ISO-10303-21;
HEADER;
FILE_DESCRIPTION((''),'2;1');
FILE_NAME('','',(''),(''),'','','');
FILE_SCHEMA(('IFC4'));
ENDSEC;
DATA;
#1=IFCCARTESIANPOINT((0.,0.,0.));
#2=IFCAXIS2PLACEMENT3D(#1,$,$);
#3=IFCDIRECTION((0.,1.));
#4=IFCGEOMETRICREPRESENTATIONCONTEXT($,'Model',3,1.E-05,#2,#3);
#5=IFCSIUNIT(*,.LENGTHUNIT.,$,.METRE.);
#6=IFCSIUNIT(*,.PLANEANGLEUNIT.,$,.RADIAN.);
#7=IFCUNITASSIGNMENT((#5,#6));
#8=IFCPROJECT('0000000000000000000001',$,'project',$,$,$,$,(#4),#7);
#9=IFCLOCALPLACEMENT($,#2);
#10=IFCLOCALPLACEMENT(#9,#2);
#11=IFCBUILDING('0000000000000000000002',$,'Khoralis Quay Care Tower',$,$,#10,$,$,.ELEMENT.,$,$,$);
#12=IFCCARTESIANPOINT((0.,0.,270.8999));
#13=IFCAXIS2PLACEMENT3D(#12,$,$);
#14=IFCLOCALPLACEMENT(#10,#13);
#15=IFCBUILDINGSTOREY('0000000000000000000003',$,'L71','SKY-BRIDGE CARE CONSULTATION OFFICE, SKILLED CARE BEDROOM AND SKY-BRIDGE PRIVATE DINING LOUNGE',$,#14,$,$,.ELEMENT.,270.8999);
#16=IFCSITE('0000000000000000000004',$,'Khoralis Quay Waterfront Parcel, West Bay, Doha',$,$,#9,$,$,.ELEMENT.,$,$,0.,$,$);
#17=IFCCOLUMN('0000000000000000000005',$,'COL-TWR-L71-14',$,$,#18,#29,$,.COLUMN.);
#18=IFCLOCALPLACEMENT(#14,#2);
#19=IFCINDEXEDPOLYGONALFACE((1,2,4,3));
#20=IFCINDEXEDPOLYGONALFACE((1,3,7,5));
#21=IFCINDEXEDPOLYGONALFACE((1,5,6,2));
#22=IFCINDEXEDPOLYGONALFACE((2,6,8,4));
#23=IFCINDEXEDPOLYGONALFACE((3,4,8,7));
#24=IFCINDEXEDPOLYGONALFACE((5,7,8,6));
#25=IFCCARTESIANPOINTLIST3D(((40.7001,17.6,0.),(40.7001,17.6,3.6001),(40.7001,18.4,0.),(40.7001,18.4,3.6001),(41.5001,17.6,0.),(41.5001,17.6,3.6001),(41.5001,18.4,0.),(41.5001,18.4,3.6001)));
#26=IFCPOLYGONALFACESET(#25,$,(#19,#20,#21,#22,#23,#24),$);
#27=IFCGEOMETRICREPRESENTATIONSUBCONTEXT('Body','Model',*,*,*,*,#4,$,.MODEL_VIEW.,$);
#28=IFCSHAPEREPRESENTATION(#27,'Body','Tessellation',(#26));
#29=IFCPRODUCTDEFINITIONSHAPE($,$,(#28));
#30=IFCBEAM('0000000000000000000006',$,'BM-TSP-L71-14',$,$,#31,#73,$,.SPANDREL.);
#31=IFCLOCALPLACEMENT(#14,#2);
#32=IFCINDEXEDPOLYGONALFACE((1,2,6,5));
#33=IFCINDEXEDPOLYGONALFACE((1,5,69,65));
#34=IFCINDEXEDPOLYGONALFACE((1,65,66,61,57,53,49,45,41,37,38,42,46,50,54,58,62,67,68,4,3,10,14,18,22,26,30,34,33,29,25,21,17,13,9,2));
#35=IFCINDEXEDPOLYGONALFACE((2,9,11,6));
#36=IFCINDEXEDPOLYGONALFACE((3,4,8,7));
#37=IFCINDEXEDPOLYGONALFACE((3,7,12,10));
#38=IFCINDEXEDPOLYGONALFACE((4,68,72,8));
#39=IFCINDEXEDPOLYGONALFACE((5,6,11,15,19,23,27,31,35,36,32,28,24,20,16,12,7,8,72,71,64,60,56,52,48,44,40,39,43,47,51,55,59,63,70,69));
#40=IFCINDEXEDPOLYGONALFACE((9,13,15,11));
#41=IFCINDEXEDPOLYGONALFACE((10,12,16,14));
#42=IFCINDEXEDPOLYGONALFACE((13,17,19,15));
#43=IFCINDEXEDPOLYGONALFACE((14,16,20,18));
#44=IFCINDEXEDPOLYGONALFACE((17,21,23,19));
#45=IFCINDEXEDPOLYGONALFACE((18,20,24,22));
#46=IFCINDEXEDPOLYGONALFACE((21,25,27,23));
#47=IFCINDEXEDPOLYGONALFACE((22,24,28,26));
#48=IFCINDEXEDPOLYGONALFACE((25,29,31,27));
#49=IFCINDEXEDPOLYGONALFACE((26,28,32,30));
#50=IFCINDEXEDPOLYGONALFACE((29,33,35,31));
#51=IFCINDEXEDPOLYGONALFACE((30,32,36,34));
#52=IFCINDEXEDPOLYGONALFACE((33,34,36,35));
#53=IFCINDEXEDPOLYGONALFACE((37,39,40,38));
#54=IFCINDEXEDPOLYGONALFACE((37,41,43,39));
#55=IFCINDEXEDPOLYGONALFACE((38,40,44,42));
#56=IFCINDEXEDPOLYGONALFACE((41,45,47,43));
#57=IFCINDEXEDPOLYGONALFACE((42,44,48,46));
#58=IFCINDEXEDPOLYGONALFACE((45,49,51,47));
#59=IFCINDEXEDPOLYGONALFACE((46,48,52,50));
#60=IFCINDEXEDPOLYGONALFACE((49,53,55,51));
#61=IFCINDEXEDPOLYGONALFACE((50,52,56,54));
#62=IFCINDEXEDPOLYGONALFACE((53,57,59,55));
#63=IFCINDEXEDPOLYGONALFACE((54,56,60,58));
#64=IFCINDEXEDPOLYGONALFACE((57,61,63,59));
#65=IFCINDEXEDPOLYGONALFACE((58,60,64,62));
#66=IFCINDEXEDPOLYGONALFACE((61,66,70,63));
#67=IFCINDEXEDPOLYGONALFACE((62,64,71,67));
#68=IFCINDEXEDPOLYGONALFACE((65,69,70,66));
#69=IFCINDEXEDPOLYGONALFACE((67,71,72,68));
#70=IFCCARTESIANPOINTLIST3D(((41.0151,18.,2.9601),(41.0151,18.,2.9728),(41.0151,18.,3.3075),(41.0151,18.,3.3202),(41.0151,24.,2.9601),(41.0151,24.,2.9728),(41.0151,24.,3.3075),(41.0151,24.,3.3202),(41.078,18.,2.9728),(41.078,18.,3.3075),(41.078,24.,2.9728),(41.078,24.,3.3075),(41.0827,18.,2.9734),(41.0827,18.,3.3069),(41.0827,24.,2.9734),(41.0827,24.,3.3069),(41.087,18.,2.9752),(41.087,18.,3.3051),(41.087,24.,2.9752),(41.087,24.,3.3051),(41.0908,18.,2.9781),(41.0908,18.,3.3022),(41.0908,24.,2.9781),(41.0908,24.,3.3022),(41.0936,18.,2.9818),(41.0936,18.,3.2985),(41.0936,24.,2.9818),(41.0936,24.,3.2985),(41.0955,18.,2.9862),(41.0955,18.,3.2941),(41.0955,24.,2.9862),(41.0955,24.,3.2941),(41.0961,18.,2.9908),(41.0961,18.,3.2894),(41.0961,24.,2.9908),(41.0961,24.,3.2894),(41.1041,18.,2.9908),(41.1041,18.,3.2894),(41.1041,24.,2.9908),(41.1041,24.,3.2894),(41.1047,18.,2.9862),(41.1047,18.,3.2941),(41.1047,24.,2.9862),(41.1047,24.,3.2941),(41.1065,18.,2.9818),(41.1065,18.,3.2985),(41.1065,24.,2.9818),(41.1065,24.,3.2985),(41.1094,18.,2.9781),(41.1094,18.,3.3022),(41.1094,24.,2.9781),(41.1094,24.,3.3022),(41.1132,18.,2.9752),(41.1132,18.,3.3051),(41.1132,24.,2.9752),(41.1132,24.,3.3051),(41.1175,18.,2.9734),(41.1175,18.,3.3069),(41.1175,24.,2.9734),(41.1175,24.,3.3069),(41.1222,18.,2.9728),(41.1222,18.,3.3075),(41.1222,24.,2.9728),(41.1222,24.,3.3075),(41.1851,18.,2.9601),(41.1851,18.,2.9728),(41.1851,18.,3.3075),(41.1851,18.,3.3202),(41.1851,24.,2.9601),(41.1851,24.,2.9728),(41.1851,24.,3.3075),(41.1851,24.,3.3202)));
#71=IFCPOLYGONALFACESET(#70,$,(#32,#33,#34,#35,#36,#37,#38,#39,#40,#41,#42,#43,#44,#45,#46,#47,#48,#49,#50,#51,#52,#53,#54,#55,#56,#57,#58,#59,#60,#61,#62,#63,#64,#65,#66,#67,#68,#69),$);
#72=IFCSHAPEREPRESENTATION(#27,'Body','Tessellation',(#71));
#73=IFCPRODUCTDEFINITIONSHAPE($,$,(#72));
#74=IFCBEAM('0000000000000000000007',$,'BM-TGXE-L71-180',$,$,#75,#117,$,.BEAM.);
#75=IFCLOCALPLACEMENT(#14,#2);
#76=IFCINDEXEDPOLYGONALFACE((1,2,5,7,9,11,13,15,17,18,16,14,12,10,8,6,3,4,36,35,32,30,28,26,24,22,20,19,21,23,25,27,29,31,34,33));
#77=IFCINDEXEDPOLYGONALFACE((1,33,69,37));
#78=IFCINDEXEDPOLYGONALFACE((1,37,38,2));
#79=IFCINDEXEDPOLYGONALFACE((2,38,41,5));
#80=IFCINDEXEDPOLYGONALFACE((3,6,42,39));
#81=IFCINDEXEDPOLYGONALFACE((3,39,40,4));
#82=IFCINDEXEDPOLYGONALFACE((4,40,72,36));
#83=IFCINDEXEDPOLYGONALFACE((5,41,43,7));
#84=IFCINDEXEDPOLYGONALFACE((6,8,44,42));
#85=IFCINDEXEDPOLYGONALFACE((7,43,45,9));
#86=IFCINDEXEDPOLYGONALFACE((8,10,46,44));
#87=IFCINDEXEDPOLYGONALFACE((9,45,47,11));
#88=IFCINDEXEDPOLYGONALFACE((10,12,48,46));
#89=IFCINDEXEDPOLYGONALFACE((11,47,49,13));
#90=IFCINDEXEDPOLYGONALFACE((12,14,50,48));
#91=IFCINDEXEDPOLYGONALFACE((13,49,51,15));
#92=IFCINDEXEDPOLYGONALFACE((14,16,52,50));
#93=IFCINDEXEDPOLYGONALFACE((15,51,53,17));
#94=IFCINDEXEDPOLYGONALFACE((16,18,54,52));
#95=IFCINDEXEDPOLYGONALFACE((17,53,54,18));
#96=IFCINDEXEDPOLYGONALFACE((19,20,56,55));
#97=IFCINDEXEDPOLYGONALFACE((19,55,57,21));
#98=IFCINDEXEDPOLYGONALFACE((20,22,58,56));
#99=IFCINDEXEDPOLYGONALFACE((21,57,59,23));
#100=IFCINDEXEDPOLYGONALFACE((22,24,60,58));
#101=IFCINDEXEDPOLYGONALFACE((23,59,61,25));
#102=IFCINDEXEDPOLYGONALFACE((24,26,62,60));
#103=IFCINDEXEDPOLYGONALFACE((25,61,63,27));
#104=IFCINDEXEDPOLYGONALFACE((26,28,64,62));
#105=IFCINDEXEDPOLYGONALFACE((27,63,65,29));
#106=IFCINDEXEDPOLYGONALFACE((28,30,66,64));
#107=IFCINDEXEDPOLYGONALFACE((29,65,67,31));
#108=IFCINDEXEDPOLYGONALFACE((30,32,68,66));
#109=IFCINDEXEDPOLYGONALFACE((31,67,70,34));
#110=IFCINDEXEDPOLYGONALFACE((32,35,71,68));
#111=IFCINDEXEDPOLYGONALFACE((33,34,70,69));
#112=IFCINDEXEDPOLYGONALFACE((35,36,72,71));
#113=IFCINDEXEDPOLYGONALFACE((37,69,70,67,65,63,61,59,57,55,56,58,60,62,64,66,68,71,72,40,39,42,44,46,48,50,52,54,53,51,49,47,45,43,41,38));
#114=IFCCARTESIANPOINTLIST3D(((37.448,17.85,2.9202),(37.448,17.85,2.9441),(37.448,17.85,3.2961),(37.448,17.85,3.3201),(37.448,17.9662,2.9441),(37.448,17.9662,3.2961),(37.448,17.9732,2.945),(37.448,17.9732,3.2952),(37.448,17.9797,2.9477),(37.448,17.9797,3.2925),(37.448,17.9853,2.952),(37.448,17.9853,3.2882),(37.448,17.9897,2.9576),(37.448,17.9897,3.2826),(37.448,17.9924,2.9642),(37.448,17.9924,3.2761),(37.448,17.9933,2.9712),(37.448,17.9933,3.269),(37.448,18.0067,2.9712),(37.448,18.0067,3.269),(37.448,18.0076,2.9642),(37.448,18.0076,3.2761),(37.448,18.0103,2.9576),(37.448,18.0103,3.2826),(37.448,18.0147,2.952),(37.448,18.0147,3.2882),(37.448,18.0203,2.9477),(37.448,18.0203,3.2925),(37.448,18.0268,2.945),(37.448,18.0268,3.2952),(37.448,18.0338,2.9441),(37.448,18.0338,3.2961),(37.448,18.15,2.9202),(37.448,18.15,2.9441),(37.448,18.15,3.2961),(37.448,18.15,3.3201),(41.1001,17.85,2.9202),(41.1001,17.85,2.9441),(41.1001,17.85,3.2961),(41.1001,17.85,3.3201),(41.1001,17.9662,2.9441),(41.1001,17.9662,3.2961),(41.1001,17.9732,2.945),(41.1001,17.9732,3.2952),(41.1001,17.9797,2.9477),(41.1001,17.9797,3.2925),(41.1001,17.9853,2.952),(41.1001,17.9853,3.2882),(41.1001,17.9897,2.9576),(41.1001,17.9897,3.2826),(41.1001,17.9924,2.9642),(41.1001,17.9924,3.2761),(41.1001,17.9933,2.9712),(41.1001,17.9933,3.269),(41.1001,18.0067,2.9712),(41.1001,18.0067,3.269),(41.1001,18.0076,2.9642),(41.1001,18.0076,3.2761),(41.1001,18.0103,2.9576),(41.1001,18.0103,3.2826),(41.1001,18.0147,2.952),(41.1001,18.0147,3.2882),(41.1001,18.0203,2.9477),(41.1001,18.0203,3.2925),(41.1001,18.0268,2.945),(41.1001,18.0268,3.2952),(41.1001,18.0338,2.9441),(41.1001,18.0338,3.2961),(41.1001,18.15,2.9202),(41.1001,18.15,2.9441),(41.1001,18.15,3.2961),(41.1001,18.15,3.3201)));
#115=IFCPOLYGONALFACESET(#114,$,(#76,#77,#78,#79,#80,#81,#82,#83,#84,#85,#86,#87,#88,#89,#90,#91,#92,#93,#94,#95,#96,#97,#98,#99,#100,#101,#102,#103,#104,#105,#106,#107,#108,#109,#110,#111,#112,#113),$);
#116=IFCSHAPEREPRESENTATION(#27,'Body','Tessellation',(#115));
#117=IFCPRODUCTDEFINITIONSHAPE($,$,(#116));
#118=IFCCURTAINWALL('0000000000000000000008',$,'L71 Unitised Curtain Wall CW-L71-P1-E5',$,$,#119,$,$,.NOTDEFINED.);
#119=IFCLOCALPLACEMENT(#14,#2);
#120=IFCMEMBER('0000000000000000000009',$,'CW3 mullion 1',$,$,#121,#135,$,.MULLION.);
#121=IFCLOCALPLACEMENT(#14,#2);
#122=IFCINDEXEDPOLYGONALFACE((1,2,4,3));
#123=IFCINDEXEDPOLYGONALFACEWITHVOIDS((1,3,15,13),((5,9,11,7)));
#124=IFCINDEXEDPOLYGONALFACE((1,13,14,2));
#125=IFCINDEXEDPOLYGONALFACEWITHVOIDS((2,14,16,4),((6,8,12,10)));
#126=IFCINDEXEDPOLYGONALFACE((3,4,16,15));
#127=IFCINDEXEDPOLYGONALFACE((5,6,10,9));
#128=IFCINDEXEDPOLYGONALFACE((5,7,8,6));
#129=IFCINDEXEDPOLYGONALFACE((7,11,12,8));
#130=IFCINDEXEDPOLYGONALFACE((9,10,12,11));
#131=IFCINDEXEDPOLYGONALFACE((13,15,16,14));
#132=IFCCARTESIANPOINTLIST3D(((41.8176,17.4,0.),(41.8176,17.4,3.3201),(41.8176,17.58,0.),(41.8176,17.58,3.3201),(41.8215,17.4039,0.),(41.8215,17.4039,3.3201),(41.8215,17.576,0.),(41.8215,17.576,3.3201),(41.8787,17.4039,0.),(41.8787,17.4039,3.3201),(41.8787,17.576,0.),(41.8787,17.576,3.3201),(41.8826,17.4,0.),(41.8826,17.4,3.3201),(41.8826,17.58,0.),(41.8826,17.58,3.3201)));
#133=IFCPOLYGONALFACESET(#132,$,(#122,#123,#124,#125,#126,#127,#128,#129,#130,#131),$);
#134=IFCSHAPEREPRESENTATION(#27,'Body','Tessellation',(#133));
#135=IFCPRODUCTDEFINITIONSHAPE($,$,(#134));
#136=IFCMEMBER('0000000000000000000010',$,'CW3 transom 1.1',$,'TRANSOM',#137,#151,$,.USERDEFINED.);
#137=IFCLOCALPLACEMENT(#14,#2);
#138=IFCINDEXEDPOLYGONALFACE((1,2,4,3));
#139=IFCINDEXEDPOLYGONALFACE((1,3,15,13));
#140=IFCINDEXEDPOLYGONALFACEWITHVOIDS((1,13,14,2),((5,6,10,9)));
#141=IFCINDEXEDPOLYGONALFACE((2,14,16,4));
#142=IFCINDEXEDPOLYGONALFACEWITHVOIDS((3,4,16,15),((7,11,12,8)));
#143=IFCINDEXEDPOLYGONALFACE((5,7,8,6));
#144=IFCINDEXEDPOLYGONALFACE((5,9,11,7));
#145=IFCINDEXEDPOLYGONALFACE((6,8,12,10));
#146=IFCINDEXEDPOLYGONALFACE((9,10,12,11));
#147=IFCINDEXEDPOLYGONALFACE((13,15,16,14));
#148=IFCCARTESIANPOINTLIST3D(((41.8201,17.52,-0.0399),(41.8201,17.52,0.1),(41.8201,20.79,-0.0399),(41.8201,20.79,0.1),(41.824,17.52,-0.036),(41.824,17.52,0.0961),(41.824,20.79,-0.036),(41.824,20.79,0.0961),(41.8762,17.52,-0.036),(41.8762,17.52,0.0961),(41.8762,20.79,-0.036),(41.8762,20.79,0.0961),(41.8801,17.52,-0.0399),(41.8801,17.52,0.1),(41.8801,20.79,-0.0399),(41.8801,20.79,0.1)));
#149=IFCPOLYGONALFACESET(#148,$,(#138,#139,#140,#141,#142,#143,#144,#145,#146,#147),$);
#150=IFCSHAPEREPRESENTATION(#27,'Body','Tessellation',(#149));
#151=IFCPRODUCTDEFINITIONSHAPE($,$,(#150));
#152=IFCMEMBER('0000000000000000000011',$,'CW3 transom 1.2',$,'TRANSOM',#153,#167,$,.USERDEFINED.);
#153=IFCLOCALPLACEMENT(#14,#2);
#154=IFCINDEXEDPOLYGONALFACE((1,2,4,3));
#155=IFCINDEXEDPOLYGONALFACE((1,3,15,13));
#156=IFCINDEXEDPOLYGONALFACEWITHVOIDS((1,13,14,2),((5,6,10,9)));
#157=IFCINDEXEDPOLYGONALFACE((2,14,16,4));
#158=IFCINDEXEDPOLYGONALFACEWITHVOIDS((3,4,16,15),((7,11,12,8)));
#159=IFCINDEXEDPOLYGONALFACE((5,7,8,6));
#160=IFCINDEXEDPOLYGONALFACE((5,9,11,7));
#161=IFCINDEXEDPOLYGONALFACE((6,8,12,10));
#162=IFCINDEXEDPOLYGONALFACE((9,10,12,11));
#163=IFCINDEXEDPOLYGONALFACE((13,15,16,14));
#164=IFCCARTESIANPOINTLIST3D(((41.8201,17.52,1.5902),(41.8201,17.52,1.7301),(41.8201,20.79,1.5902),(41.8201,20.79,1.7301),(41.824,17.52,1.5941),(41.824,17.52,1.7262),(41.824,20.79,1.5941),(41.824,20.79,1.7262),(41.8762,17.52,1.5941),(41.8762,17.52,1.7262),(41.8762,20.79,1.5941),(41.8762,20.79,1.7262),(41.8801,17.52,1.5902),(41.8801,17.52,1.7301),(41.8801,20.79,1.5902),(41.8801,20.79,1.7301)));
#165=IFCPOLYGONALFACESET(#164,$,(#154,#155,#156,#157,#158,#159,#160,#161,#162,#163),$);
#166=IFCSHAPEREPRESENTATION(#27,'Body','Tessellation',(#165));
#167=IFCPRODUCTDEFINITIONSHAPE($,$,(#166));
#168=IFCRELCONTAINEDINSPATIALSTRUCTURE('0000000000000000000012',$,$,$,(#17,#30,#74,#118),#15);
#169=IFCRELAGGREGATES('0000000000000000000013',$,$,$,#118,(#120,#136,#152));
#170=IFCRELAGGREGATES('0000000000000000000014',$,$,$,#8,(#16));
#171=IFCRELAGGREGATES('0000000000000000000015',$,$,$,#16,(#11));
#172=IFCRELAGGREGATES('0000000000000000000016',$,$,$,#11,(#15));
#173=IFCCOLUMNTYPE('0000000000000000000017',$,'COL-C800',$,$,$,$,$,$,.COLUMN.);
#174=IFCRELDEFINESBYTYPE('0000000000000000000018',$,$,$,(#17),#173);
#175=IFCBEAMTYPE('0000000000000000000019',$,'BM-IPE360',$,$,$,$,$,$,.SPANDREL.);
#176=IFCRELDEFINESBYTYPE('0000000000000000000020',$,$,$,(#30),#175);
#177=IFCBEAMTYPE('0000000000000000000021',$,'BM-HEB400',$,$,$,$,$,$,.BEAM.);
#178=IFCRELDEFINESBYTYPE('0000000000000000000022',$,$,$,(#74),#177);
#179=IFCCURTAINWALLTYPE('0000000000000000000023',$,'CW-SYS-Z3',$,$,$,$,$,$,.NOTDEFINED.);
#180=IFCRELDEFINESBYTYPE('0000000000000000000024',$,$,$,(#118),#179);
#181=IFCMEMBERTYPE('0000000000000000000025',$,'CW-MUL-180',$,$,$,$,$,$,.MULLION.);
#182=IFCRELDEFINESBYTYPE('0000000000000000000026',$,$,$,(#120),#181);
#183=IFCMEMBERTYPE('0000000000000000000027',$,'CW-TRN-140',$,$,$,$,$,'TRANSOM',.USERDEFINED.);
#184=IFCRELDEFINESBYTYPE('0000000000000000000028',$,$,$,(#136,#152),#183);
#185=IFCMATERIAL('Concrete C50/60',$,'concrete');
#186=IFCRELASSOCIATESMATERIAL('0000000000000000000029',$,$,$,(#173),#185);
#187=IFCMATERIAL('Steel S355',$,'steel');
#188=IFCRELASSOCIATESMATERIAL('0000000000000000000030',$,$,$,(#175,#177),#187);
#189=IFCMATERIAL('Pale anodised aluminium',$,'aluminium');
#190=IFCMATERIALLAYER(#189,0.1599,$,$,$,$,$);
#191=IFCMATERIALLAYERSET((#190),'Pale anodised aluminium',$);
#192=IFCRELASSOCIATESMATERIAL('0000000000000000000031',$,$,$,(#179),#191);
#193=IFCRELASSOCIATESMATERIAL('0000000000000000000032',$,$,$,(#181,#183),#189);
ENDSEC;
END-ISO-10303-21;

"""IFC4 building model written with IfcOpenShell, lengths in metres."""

from ifc_helpers import new_model, si_unit, direction, frame, origin, origin_2d, place, context, subcontext, project, spatial, rectangle, hollow_rectangle, i_section, extrude, source, transform, mapped, material, layer, layer_set, material_profile, profile_set, type_object, element, aggregate, save


model = new_model("IFC4")

# Units and contexts
model_context = context("Model", 3, precision=1e-05, world=origin(), true_north=direction((0.0, 1.0)))
body_context = subcontext(model_context, "Body", "Model", "MODEL_VIEW")
ifc_project = project(units=[si_unit("LENGTHUNIT", "METRE"), si_unit("PLANEANGLEUNIT", "RADIAN")], contexts=[model_context])

# Site, building, storey
site_placement = place(None, origin())
site = spatial("IfcSite", under=ifc_project, at=site_placement, Name="Khoralis Quay Waterfront Parcel, West Bay, Doha", CompositionType="ELEMENT", RefElevation=0.0)
building_placement = place(site_placement, origin())
building = spatial("IfcBuilding", under=site, at=building_placement, Name="Khoralis Quay Care Tower", CompositionType="ELEMENT")
storey_placement = place(building_placement, frame((0.0, 0.0, 270.8999)))
storey = spatial("IfcBuildingStorey", under=building, at=storey_placement, Name="L71", Description="SKY-BRIDGE CARE CONSULTATION OFFICE, SKILLED CARE BEDROOM AND SKY-BRIDGE PRIVATE DINING LOUNGE", CompositionType="ELEMENT", Elevation=270.8999)

# Column
ifc_material_1 = material(Name="Concrete C50/60", Category="concrete")
ifc_material_profile_1 = material_profile(ifc_material_1, rectangle(XDim=0.8, YDim=0.8, at=origin_2d()), Name="Concrete C50/60")
ifc_profile_set_1 = profile_set([ifc_material_profile_1], Name="Concrete C50/60")
column_type = type_object("IfcColumnType", Name="COL-C800", PredefinedType="COLUMN", material=ifc_profile_set_1)
shared_shape_1 = source(origin(), body_context, "Body", "SweptSolid", [
    extrude(rectangle(XDim=0.8, YDim=0.8, at=origin_2d()), origin(), (0.0, 0.0, 1.0), 3.6001),
])
column_placement = place(storey_placement, frame((41.1001, 18.0, 0.0), z_axis=(0.0, 0.0, 1.0), x_axis=(1.0, 0.0, 0.0)))
element("IfcColumn", 1, at=column_placement, inside=storey, type_object=column_type, Name="COL-TWR-L71-14", PredefinedType="COLUMN", context=body_context, shape_type="MappedRepresentation", body=[
    mapped(shared_shape_1, transform((0.0, 0.0, 0.0), scale=1.0)),
])

# Beams
ifc_material_2 = material(Name="Steel S355", Category="steel")
ifc_material_profile_2 = material_profile(ifc_material_2, i_section(OverallWidth=0.1699, OverallDepth=0.3601, WebThickness=0.0081, FlangeThickness=0.0127, FilletRadius=0.0181, at=origin_2d()), Name="Steel S355")
ifc_profile_set_2 = profile_set([ifc_material_profile_2], Name="Steel S355")
beam_type_1 = type_object("IfcBeamType", Name="BM-IPE360", PredefinedType="SPANDREL", material=ifc_profile_set_2)
shared_shape_2 = source(origin(), body_context, "Body", "SweptSolid", [
    extrude(i_section(OverallWidth=0.1699, OverallDepth=0.3601, WebThickness=0.0081, FlangeThickness=0.0127, FilletRadius=0.0181, at=origin_2d()), origin(), (0.0, 0.0, 1.0), 6.0),
])
beam_1_placement = place(storey_placement, frame((41.1001, 18.0, 3.1401), z_axis=(0.0, 1.0, 0.0), x_axis=(-1.0, 0.0, 0.0)))
element("IfcBeam", 2, at=beam_1_placement, inside=storey, type_object=beam_type_1, Name="BM-TSP-L71-14", PredefinedType="SPANDREL", context=body_context, shape_type="MappedRepresentation", body=[
    mapped(shared_shape_2, transform((0.0, 0.0, 0.0), scale=1.0)),
])
ifc_material_profile_3 = material_profile(ifc_material_2, i_section(OverallWidth=0.3, OverallDepth=0.3999, WebThickness=0.0134, FlangeThickness=0.0239, FilletRadius=0.0271, at=origin_2d()), Name="Steel S355")
ifc_profile_set_3 = profile_set([ifc_material_profile_3], Name="Steel S355")
beam_type_2 = type_object("IfcBeamType", Name="BM-HEB400", PredefinedType="BEAM", material=ifc_profile_set_3)
shared_shape_3 = source(origin(), body_context, "Body", "SweptSolid", [
    extrude(i_section(OverallWidth=0.3, OverallDepth=0.3999, WebThickness=0.0134, FlangeThickness=0.0239, FilletRadius=0.0271, at=origin_2d()), origin(), (0.0, 0.0, 1.0), 3.6521),
])
beam_2_placement = place(storey_placement, frame((37.448, 18.0, 3.1201), z_axis=(1.0, 0.0, 0.0), x_axis=(0.0, 1.0, 0.0)))
element("IfcBeam", 3, at=beam_2_placement, inside=storey, type_object=beam_type_2, Name="BM-TGXE-L71-180", PredefinedType="BEAM", context=body_context, shape_type="MappedRepresentation", body=[
    mapped(shared_shape_3, transform((0.0, 0.0, 0.0), scale=1.0)),
])

# Curtain wall, members
ifc_material_3 = material(Name="Pale anodised aluminium", Category="aluminium")
ifc_layer_1 = layer(ifc_material_3, 0.1599)
ifc_layer_set_1 = layer_set([ifc_layer_1], Name="Pale anodised aluminium")
curtain_wall_type = type_object("IfcCurtainWallType", Name="CW-SYS-Z3", PredefinedType="NOTDEFINED", material=ifc_layer_set_1)
curtain_wall_placement = place(storey_placement, origin())
curtain_wall = element("IfcCurtainWall", 4, at=curtain_wall_placement, inside=storey, type_object=curtain_wall_type, Name="L71 Unitised Curtain Wall CW-L71-P1-E5", PredefinedType="NOTDEFINED")
ifc_material_profile_4 = material_profile(ifc_material_3, hollow_rectangle(XDim=0.0649, YDim=0.1799, WallThickness=0.0039, at=origin_2d()), Name="Pale anodised aluminium")
ifc_profile_set_4 = profile_set([ifc_material_profile_4], Name="Pale anodised aluminium")
member_type_1 = type_object("IfcMemberType", Name="CW-MUL-180", PredefinedType="MULLION", material=ifc_profile_set_4)
shared_shape_4 = source(origin(), body_context, "Body", "SweptSolid", [
    extrude(hollow_rectangle(XDim=0.0649, YDim=0.1799, WallThickness=0.0039, at=origin_2d()), origin(), (0.0, 0.0, 1.0), 3.3201),
])
member_1_placement = place(storey_placement, frame((41.8501, 17.49, 0.0), z_axis=(0.0, 0.0, 1.0), x_axis=(-1.0, 0.0, 0.0)))
member_1 = element("IfcMember", 5, at=member_1_placement, type_object=member_type_1, Name="CW3 mullion 1", PredefinedType="MULLION", context=body_context, shape_type="MappedRepresentation", body=[
    mapped(shared_shape_4, transform((0.0, 0.0, 0.0), scale=1.0)),
])
ifc_material_profile_5 = material_profile(ifc_material_3, hollow_rectangle(XDim=0.0601, YDim=0.1399, WallThickness=0.0039, at=origin_2d()), Name="Pale anodised aluminium")
ifc_profile_set_5 = profile_set([ifc_material_profile_5], Name="Pale anodised aluminium")
member_type_2 = type_object("IfcMemberType", Name="CW-TRN-140", ElementType="TRANSOM", PredefinedType="USERDEFINED", material=ifc_profile_set_5)
shared_shape_5 = source(origin(), body_context, "Body", "SweptSolid", [
    extrude(hollow_rectangle(XDim=0.0601, YDim=0.1399, WallThickness=0.0039, at=origin_2d()), origin(), (0.0, 0.0, 1.0), 3.27),
])
member_2_placement = place(storey_placement, frame((41.8501, 17.52, 0.03), z_axis=(0.0, 1.0, 0.0), x_axis=(-1.0, 0.0, 0.0)))
member_2 = element("IfcMember", 6, at=member_2_placement, type_object=member_type_2, Name="CW3 transom 1.1", ObjectType="TRANSOM", PredefinedType="USERDEFINED", context=body_context, shape_type="MappedRepresentation", body=[
    mapped(shared_shape_5, transform((0.0, 0.0, 0.0), scale=1.0)),
])
member_3_placement = place(storey_placement, frame((41.8501, 17.52, 1.6602), z_axis=(0.0, 1.0, 0.0), x_axis=(-1.0, 0.0, 0.0)))
member_3 = element("IfcMember", 7, at=member_3_placement, type_object=member_type_2, Name="CW3 transom 1.2", ObjectType="TRANSOM", PredefinedType="USERDEFINED", context=body_context, shape_type="MappedRepresentation", body=[
    mapped(shared_shape_5, transform((0.0, 0.0, 0.0), scale=1.0)),
])
aggregate(curtain_wall, [member_1, member_2, member_3])

save(model, "model.ifc")
